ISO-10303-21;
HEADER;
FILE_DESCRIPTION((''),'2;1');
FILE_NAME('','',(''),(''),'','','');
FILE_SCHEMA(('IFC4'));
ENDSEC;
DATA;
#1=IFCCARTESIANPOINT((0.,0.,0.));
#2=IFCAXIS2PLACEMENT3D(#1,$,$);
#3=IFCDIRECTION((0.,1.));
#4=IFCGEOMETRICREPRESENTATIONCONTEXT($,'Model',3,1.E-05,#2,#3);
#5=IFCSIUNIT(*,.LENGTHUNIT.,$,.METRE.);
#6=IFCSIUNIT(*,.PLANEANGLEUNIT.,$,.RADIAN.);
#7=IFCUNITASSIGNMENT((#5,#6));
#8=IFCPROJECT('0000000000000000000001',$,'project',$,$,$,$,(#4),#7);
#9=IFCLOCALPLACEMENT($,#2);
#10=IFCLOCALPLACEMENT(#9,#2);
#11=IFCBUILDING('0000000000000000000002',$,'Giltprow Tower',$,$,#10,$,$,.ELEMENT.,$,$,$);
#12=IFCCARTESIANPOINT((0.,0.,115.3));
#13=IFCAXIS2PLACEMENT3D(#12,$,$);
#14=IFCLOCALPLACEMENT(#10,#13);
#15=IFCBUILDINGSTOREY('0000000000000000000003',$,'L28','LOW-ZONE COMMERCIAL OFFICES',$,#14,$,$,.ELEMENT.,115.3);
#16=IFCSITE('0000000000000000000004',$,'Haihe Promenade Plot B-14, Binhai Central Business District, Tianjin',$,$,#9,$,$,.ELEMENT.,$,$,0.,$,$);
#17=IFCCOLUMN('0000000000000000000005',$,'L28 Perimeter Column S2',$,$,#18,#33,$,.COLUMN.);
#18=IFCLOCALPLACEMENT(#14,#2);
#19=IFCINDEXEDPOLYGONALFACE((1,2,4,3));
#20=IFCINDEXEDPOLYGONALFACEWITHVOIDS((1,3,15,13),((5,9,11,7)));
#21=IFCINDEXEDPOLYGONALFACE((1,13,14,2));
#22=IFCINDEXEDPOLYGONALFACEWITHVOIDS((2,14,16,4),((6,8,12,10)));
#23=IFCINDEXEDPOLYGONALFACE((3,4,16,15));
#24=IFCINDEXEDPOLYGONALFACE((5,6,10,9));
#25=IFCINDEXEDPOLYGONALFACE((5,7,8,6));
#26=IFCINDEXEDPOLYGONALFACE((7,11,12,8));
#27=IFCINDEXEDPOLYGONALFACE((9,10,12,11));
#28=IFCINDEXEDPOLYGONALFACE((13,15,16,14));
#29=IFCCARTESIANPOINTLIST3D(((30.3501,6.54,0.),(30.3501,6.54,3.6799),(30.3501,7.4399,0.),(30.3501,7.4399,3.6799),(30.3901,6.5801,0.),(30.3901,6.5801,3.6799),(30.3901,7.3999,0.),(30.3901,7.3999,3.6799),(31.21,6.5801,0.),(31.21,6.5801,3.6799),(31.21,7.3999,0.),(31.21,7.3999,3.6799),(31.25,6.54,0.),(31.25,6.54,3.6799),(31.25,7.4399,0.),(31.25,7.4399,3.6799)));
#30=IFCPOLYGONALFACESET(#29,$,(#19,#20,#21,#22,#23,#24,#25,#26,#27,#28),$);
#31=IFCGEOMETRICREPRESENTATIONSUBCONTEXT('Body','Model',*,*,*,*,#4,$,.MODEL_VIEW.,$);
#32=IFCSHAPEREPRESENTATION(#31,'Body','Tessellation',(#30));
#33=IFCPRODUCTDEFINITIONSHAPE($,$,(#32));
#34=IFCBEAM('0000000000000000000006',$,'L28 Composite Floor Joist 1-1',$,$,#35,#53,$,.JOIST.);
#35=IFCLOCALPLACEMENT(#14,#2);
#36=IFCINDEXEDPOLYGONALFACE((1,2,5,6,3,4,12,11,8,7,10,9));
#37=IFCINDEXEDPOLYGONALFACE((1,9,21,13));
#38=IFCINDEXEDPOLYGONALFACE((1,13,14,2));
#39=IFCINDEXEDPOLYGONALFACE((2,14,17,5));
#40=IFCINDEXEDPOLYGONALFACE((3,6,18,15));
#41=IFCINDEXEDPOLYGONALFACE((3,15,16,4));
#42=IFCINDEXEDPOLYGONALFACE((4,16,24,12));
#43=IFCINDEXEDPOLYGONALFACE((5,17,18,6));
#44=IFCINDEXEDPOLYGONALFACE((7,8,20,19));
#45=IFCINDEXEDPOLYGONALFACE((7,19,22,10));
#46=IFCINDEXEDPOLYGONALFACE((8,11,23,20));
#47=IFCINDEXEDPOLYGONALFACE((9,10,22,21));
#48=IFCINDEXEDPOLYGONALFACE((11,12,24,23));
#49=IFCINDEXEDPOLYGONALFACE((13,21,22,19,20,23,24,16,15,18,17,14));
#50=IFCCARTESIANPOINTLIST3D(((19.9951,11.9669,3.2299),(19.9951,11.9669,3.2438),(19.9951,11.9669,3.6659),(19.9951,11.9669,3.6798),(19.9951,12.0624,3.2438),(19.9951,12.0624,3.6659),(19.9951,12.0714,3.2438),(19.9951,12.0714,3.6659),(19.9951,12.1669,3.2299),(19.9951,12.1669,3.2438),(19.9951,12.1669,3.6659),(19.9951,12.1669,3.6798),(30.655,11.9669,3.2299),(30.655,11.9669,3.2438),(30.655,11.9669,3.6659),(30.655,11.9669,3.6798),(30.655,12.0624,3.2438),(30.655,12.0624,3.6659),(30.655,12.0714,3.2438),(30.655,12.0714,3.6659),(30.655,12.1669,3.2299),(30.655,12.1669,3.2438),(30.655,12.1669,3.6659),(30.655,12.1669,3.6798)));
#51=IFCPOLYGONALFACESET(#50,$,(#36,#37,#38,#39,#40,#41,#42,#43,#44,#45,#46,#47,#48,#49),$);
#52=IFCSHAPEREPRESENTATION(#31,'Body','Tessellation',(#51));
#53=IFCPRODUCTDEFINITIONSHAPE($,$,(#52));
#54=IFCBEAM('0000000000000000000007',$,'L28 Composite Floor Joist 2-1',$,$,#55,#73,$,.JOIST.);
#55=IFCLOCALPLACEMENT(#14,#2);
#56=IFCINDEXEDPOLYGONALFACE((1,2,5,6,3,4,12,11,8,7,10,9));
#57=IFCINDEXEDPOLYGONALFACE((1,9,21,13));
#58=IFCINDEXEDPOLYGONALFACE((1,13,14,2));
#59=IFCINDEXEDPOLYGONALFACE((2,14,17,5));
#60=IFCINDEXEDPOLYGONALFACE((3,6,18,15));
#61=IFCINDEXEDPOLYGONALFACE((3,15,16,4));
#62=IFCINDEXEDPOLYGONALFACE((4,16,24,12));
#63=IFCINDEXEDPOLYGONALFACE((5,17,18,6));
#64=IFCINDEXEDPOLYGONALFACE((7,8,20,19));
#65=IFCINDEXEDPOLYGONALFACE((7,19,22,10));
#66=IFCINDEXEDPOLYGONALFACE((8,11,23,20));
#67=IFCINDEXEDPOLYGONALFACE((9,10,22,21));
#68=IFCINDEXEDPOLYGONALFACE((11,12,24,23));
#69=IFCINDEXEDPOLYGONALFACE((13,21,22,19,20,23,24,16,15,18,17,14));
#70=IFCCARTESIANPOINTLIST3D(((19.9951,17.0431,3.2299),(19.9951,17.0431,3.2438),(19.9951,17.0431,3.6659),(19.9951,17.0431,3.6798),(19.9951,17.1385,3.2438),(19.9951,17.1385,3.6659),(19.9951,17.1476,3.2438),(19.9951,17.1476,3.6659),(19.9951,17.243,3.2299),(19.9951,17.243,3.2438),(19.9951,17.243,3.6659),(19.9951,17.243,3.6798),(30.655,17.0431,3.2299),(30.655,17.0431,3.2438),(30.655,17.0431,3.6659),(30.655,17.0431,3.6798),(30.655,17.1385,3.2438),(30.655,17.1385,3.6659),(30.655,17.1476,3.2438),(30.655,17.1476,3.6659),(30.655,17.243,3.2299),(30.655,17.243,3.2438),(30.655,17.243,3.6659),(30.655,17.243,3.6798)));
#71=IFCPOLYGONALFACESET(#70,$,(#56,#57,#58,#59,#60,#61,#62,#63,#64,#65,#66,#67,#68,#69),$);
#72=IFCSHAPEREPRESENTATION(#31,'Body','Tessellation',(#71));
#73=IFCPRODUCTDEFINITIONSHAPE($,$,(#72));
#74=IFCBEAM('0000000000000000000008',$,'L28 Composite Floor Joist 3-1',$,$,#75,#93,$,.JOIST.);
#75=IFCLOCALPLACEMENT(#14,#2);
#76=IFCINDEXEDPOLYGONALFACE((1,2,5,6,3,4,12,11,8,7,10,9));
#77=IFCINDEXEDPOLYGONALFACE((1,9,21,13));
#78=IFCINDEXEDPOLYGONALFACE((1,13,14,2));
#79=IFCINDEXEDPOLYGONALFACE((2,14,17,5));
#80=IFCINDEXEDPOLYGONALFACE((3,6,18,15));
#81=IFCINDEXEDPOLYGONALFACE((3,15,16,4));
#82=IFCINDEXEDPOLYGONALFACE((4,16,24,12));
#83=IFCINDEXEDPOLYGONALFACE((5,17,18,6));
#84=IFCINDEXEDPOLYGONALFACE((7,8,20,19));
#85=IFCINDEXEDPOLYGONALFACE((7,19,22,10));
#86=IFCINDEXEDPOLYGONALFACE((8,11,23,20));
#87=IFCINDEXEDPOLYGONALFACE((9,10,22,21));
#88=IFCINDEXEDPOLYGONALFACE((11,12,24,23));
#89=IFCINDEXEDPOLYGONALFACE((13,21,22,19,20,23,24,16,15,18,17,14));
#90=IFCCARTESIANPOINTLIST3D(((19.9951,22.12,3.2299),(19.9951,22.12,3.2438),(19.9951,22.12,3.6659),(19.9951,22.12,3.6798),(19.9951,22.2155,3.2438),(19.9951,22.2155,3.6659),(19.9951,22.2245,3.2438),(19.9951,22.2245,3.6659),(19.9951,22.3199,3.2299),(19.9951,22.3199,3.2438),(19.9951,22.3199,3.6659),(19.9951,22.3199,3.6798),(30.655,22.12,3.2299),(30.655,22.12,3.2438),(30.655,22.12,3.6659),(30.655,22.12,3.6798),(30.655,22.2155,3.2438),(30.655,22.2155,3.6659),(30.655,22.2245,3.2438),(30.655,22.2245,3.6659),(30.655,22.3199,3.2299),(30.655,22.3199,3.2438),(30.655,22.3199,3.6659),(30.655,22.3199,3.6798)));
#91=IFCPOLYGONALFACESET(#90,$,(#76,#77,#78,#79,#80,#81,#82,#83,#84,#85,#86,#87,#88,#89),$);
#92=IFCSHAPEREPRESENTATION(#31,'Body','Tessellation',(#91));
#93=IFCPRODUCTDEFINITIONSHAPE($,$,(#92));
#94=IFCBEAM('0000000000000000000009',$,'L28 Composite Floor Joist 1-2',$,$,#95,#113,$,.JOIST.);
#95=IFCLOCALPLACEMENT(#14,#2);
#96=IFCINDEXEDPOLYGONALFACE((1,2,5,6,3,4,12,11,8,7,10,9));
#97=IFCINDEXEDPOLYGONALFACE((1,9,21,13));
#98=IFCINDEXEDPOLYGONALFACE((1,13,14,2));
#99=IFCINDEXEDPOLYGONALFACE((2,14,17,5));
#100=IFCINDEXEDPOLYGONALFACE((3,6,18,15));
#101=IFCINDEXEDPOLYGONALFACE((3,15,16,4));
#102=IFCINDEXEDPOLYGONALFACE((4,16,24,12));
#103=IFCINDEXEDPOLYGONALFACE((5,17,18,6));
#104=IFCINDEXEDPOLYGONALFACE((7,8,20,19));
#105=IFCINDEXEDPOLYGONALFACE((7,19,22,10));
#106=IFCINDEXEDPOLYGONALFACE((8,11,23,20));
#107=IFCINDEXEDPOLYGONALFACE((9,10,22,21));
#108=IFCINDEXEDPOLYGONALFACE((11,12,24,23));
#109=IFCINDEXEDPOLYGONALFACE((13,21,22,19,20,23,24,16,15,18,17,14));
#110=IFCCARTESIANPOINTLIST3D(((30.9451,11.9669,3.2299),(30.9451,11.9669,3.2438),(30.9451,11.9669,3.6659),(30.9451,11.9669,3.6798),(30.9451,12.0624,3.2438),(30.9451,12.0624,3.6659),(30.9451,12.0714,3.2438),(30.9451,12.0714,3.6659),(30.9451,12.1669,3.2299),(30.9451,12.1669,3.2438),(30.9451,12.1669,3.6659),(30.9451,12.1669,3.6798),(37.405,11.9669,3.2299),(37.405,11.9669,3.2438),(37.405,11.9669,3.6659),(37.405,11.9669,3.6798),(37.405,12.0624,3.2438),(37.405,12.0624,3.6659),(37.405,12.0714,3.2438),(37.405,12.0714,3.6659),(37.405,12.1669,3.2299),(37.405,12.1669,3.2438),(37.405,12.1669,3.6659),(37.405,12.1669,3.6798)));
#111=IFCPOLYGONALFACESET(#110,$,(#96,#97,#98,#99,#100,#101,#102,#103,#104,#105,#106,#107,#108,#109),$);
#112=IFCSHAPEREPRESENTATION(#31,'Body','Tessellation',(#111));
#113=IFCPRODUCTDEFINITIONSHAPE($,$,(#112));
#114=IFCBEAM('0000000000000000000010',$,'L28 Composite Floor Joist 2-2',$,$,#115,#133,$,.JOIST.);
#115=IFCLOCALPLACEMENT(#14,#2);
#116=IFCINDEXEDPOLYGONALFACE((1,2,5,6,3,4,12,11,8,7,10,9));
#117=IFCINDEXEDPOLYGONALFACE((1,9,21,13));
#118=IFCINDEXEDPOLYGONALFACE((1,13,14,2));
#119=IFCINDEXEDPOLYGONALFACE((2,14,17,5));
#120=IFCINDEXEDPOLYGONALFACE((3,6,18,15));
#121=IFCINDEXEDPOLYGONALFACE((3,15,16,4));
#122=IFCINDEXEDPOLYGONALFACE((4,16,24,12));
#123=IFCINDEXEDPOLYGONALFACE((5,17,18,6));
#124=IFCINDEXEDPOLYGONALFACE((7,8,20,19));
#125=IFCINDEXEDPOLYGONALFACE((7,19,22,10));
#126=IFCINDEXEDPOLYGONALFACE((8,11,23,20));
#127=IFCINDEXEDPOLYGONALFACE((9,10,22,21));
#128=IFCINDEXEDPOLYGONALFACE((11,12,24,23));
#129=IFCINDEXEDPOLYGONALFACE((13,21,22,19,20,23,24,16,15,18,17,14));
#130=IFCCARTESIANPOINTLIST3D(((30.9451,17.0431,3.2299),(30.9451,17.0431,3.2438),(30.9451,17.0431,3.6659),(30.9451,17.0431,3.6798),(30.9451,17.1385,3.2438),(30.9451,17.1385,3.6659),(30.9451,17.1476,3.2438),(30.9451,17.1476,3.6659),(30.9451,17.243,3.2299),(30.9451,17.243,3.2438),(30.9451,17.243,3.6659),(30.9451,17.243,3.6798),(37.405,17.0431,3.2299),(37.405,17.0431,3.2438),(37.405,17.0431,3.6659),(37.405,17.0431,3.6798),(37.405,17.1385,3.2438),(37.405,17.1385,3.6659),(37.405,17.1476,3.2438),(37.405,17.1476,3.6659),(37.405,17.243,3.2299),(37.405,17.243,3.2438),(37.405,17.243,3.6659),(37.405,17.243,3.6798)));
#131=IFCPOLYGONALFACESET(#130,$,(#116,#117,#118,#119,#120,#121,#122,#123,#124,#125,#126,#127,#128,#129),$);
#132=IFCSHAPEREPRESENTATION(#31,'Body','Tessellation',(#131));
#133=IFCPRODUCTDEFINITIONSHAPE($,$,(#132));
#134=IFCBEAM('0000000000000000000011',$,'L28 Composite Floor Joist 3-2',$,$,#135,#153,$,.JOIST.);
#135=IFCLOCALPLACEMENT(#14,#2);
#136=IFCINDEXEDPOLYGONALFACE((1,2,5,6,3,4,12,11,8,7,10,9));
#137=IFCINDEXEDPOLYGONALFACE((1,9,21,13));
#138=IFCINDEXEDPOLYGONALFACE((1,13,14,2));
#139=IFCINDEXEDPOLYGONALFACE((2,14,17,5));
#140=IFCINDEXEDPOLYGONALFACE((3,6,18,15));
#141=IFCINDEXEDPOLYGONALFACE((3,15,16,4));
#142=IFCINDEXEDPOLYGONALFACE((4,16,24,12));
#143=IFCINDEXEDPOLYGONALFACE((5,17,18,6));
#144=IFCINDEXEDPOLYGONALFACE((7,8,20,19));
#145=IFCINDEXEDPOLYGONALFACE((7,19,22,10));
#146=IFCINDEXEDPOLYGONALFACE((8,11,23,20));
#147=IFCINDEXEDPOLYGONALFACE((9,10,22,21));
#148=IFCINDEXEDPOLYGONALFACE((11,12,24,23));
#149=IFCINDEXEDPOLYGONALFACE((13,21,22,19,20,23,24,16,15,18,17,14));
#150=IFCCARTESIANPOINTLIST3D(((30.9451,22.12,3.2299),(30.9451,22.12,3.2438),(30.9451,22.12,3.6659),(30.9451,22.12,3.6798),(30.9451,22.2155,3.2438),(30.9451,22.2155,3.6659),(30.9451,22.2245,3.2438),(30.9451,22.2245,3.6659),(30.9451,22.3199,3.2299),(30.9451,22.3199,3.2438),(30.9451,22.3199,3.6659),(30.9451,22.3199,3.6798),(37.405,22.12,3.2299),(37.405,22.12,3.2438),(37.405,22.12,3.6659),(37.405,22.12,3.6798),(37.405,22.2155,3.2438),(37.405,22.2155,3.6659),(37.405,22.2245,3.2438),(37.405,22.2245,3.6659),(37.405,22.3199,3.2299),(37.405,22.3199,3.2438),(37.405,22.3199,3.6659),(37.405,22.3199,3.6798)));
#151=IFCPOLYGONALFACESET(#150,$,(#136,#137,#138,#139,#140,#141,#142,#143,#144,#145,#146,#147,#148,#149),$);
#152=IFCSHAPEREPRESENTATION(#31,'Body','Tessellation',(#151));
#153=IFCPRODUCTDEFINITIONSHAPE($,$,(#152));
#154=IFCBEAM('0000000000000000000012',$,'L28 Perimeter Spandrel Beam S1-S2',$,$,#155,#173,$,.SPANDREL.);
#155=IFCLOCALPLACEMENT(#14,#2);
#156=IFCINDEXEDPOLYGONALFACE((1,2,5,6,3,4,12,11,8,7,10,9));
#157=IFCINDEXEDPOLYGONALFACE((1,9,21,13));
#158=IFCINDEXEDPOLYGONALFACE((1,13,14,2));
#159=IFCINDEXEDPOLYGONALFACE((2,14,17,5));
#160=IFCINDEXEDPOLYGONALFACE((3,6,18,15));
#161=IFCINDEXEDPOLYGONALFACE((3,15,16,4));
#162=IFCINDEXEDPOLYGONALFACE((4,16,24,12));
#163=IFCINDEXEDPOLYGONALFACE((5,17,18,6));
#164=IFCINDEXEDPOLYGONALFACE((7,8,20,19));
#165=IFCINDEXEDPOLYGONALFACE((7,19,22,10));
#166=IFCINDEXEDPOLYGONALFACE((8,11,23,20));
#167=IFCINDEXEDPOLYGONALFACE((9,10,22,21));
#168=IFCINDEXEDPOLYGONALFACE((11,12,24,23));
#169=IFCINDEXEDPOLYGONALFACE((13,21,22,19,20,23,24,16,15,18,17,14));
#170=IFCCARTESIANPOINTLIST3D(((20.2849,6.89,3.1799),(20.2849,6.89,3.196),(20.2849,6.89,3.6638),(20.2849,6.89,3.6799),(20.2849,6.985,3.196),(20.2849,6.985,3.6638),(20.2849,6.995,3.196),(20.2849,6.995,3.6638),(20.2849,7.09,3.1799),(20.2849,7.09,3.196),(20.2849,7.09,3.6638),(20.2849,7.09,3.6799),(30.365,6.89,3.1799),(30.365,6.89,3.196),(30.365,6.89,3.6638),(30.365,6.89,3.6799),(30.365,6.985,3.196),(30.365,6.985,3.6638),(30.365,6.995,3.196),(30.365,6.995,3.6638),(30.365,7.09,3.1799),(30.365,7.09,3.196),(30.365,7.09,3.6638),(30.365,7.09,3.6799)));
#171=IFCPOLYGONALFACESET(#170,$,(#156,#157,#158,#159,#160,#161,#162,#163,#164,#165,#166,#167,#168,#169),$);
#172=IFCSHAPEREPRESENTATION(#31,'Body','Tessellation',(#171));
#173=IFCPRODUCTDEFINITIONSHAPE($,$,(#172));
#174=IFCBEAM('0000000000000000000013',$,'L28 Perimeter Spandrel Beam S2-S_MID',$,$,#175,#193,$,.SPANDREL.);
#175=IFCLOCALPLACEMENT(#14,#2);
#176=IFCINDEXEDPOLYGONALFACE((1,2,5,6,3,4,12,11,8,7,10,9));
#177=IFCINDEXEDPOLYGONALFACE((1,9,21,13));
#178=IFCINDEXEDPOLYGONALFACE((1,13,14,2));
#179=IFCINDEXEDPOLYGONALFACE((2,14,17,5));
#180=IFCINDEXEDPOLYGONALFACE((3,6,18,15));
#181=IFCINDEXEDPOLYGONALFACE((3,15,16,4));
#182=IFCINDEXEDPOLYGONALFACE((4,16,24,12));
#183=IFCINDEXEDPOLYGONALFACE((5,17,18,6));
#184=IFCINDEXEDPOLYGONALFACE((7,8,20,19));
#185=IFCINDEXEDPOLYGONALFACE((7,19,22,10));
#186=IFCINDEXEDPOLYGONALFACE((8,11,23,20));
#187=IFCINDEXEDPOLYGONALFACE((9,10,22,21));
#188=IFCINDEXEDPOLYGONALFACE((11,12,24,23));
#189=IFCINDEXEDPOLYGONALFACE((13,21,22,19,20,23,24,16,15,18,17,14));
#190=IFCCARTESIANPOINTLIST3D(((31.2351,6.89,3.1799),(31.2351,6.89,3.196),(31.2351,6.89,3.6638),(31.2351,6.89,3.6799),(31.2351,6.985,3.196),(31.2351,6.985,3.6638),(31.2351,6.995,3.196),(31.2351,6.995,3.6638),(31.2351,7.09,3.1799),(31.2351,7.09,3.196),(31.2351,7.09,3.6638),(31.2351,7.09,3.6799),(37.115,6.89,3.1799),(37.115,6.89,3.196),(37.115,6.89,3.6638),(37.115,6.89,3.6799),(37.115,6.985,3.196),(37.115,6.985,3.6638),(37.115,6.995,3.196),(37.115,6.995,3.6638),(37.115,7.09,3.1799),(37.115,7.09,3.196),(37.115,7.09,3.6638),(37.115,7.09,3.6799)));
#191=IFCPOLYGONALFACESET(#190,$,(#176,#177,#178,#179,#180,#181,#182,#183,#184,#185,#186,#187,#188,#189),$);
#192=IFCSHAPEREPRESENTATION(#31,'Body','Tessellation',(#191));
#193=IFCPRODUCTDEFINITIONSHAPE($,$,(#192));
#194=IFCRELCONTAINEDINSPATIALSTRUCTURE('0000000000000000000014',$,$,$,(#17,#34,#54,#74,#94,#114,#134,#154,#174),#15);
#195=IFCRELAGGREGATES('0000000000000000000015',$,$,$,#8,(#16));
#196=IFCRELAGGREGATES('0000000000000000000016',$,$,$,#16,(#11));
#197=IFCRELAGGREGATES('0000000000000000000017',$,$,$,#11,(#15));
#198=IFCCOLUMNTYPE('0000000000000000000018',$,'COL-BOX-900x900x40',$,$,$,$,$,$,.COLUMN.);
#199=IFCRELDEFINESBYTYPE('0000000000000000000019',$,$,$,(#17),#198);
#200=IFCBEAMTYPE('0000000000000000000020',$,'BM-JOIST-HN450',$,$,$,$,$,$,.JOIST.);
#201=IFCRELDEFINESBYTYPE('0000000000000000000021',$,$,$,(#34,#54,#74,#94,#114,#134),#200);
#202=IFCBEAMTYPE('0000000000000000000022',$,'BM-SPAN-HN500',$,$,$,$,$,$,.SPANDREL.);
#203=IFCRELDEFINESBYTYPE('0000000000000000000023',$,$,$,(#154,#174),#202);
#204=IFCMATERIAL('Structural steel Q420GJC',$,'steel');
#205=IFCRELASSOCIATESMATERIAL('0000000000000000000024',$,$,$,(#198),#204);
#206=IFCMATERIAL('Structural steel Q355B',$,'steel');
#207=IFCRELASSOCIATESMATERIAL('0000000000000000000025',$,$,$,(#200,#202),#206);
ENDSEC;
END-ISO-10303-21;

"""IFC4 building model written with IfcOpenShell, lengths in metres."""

from ifc_helpers import new_model, si_unit, direction, frame, origin, origin_2d, place, context, subcontext, project, spatial, hollow_rectangle, i_section, extrude, source, transform, mapped, material, material_profile, profile_set, type_object, element, save


model = new_model("IFC4")

# Units and contexts
model_context = context("Model", 3, precision=1e-05, world=origin(), true_north=direction((0.0, 1.0)))
body_context = subcontext(model_context, "Body", "Model", "MODEL_VIEW")
ifc_project = project(units=[si_unit("LENGTHUNIT", "METRE"), si_unit("PLANEANGLEUNIT", "RADIAN")], contexts=[model_context])

# Site, building, storey
site_placement = place(None, origin())
site = spatial("IfcSite", under=ifc_project, at=site_placement, Name="Haihe Promenade Plot B-14, Binhai Central Business District, Tianjin", CompositionType="ELEMENT", RefElevation=0.0)
building_placement = place(site_placement, origin())
building = spatial("IfcBuilding", under=site, at=building_placement, Name="Giltprow Tower", CompositionType="ELEMENT")
storey_placement = place(building_placement, frame((0.0, 0.0, 115.3)))
storey = spatial("IfcBuildingStorey", under=building, at=storey_placement, Name="L28", Description="LOW-ZONE COMMERCIAL OFFICES", CompositionType="ELEMENT", Elevation=115.3)

# Column
ifc_material_1 = material(Name="Structural steel Q420GJC", Category="steel")
ifc_material_profile_1 = material_profile(ifc_material_1, hollow_rectangle(XDim=0.8999, YDim=0.8999, WallThickness=0.04, at=origin_2d()), Name="BOX 900x900x40")
ifc_profile_set_1 = profile_set([ifc_material_profile_1], Name="Structural steel Q420GJC")
column_type = type_object("IfcColumnType", Name="COL-BOX-900x900x40", PredefinedType="COLUMN", material=ifc_profile_set_1)
shared_shape_1 = source(origin(), body_context, "Body", "SweptSolid", [
    extrude(hollow_rectangle(XDim=0.8999, YDim=0.8999, WallThickness=0.04, at=origin_2d()), origin(), (0.0, 0.0, 1.0), 3.6799),
])
column_placement = place(storey_placement, frame((30.8, 6.99, 0.0), z_axis=(0.0, 0.0, 1.0), x_axis=(1.0, 0.0, 0.0)))
element("IfcColumn", 1, at=column_placement, inside=storey, type_object=column_type, Name="L28 Perimeter Column S2", PredefinedType="COLUMN", context=body_context, shape_type="MappedRepresentation", body=[
    mapped(shared_shape_1, transform((0.0, 0.0, 0.0), x_axis=(1.0, 0.0, 0.0), y_axis=(0.0, 1.0, 0.0), z_axis=(0.0, 0.0, 1.0), scale=1.0)),
])

# Beams
ifc_material_2 = material(Name="Structural steel Q355B", Category="steel")
ifc_material_profile_2 = material_profile(ifc_material_2, i_section(OverallWidth=0.2, OverallDepth=0.45, WebThickness=0.009, FlangeThickness=0.0139, at=origin_2d()), Name="HN 450x200x9x14")
ifc_profile_set_2 = profile_set([ifc_material_profile_2], Name="Structural steel Q355B")
beam_type_1 = type_object("IfcBeamType", Name="BM-JOIST-HN450", PredefinedType="JOIST", material=ifc_profile_set_2)
shared_shape_2 = source(origin(), body_context, "Body", "SweptSolid", [
    extrude(i_section(OverallWidth=0.2, OverallDepth=0.45, WebThickness=0.009, FlangeThickness=0.0139, at=origin_2d()), origin(), (0.0, 0.0, 1.0), 10.6599),
])
for number, where, z_axis, x_axis, name in (
    (2, (19.9951, 12.0669, 3.4548), (1.0, 0.0, 0.0), (0.0, 1.0, 0.0), "L28 Composite Floor Joist 1-1"),
    (3, (19.9951, 17.1431, 3.4548), (1.0, 0.0, 0.0), (0.0, 1.0, 0.0), "L28 Composite Floor Joist 2-1"),
    (4, (19.9951, 22.22, 3.4548), (1.0, 0.0, 0.0), (0.0, 1.0, 0.0), "L28 Composite Floor Joist 3-1"),
):
    element("IfcBeam", number, at=place(storey_placement, frame(where, z_axis=z_axis, x_axis=x_axis)), inside=storey, type_object=beam_type_1, Name=name, PredefinedType="JOIST", context=body_context, shape_type="MappedRepresentation", body=[
        mapped(shared_shape_2, transform((0.0, 0.0, 0.0), x_axis=(1.0, 0.0, 0.0), y_axis=(0.0, 1.0, 0.0), z_axis=(0.0, 0.0, 1.0), scale=1.0)),
    ])
shared_shape_3 = source(origin(), body_context, "Body", "SweptSolid", [
    extrude(i_section(OverallWidth=0.2, OverallDepth=0.45, WebThickness=0.009, FlangeThickness=0.0139, at=origin_2d()), origin(), (0.0, 0.0, 1.0), 6.46),
])
for number, where, z_axis, x_axis, name in (
    (5, (30.9451, 12.0669, 3.4548), (1.0, 0.0, 0.0), (0.0, 1.0, 0.0), "L28 Composite Floor Joist 1-2"),
    (6, (30.9451, 17.1431, 3.4548), (1.0, 0.0, 0.0), (0.0, 1.0, 0.0), "L28 Composite Floor Joist 2-2"),
    (7, (30.9451, 22.22, 3.4548), (1.0, 0.0, 0.0), (0.0, 1.0, 0.0), "L28 Composite Floor Joist 3-2"),
):
    element("IfcBeam", number, at=place(storey_placement, frame(where, z_axis=z_axis, x_axis=x_axis)), inside=storey, type_object=beam_type_1, Name=name, PredefinedType="JOIST", context=body_context, shape_type="MappedRepresentation", body=[
        mapped(shared_shape_3, transform((0.0, 0.0, 0.0), x_axis=(1.0, 0.0, 0.0), y_axis=(0.0, 1.0, 0.0), z_axis=(0.0, 0.0, 1.0), scale=1.0)),
    ])
ifc_material_profile_3 = material_profile(ifc_material_2, i_section(OverallWidth=0.2, OverallDepth=0.5, WebThickness=0.01, FlangeThickness=0.0161, at=origin_2d()), Name="HN 500x200x10x16")
ifc_profile_set_3 = profile_set([ifc_material_profile_3], Name="Structural steel Q355B")
beam_type_2 = type_object("IfcBeamType", Name="BM-SPAN-HN500", PredefinedType="SPANDREL", material=ifc_profile_set_3)
shared_shape_4 = source(origin(), body_context, "Body", "SweptSolid", [
    extrude(i_section(OverallWidth=0.2, OverallDepth=0.5, WebThickness=0.01, FlangeThickness=0.0161, at=origin_2d()), origin(), (0.0, 0.0, 1.0), 10.0801),
])
beam_1_placement = place(storey_placement, frame((20.2849, 6.99, 3.4299), z_axis=(1.0, 0.0, 0.0), x_axis=(0.0, 1.0, 0.0)))
element("IfcBeam", 8, at=beam_1_placement, inside=storey, type_object=beam_type_2, Name="L28 Perimeter Spandrel Beam S1-S2", PredefinedType="SPANDREL", context=body_context, shape_type="MappedRepresentation", body=[
    mapped(shared_shape_4, transform((0.0, 0.0, 0.0), x_axis=(1.0, 0.0, 0.0), y_axis=(0.0, 1.0, 0.0), z_axis=(0.0, 0.0, 1.0), scale=1.0)),
])
shared_shape_5 = source(origin(), body_context, "Body", "SweptSolid", [
    extrude(i_section(OverallWidth=0.2, OverallDepth=0.5, WebThickness=0.01, FlangeThickness=0.0161, at=origin_2d()), origin(), (0.0, 0.0, 1.0), 5.8799),
])
beam_2_placement = place(storey_placement, frame((31.2351, 6.99, 3.4299), z_axis=(1.0, 0.0, 0.0), x_axis=(0.0, 1.0, 0.0)))
element("IfcBeam", 9, at=beam_2_placement, inside=storey, type_object=beam_type_2, Name="L28 Perimeter Spandrel Beam S2-S_MID", PredefinedType="SPANDREL", context=body_context, shape_type="MappedRepresentation", body=[
    mapped(shared_shape_5, transform((0.0, 0.0, 0.0), x_axis=(1.0, 0.0, 0.0), y_axis=(0.0, 1.0, 0.0), z_axis=(0.0, 0.0, 1.0), scale=1.0)),
])

save(model, "model.ifc")
